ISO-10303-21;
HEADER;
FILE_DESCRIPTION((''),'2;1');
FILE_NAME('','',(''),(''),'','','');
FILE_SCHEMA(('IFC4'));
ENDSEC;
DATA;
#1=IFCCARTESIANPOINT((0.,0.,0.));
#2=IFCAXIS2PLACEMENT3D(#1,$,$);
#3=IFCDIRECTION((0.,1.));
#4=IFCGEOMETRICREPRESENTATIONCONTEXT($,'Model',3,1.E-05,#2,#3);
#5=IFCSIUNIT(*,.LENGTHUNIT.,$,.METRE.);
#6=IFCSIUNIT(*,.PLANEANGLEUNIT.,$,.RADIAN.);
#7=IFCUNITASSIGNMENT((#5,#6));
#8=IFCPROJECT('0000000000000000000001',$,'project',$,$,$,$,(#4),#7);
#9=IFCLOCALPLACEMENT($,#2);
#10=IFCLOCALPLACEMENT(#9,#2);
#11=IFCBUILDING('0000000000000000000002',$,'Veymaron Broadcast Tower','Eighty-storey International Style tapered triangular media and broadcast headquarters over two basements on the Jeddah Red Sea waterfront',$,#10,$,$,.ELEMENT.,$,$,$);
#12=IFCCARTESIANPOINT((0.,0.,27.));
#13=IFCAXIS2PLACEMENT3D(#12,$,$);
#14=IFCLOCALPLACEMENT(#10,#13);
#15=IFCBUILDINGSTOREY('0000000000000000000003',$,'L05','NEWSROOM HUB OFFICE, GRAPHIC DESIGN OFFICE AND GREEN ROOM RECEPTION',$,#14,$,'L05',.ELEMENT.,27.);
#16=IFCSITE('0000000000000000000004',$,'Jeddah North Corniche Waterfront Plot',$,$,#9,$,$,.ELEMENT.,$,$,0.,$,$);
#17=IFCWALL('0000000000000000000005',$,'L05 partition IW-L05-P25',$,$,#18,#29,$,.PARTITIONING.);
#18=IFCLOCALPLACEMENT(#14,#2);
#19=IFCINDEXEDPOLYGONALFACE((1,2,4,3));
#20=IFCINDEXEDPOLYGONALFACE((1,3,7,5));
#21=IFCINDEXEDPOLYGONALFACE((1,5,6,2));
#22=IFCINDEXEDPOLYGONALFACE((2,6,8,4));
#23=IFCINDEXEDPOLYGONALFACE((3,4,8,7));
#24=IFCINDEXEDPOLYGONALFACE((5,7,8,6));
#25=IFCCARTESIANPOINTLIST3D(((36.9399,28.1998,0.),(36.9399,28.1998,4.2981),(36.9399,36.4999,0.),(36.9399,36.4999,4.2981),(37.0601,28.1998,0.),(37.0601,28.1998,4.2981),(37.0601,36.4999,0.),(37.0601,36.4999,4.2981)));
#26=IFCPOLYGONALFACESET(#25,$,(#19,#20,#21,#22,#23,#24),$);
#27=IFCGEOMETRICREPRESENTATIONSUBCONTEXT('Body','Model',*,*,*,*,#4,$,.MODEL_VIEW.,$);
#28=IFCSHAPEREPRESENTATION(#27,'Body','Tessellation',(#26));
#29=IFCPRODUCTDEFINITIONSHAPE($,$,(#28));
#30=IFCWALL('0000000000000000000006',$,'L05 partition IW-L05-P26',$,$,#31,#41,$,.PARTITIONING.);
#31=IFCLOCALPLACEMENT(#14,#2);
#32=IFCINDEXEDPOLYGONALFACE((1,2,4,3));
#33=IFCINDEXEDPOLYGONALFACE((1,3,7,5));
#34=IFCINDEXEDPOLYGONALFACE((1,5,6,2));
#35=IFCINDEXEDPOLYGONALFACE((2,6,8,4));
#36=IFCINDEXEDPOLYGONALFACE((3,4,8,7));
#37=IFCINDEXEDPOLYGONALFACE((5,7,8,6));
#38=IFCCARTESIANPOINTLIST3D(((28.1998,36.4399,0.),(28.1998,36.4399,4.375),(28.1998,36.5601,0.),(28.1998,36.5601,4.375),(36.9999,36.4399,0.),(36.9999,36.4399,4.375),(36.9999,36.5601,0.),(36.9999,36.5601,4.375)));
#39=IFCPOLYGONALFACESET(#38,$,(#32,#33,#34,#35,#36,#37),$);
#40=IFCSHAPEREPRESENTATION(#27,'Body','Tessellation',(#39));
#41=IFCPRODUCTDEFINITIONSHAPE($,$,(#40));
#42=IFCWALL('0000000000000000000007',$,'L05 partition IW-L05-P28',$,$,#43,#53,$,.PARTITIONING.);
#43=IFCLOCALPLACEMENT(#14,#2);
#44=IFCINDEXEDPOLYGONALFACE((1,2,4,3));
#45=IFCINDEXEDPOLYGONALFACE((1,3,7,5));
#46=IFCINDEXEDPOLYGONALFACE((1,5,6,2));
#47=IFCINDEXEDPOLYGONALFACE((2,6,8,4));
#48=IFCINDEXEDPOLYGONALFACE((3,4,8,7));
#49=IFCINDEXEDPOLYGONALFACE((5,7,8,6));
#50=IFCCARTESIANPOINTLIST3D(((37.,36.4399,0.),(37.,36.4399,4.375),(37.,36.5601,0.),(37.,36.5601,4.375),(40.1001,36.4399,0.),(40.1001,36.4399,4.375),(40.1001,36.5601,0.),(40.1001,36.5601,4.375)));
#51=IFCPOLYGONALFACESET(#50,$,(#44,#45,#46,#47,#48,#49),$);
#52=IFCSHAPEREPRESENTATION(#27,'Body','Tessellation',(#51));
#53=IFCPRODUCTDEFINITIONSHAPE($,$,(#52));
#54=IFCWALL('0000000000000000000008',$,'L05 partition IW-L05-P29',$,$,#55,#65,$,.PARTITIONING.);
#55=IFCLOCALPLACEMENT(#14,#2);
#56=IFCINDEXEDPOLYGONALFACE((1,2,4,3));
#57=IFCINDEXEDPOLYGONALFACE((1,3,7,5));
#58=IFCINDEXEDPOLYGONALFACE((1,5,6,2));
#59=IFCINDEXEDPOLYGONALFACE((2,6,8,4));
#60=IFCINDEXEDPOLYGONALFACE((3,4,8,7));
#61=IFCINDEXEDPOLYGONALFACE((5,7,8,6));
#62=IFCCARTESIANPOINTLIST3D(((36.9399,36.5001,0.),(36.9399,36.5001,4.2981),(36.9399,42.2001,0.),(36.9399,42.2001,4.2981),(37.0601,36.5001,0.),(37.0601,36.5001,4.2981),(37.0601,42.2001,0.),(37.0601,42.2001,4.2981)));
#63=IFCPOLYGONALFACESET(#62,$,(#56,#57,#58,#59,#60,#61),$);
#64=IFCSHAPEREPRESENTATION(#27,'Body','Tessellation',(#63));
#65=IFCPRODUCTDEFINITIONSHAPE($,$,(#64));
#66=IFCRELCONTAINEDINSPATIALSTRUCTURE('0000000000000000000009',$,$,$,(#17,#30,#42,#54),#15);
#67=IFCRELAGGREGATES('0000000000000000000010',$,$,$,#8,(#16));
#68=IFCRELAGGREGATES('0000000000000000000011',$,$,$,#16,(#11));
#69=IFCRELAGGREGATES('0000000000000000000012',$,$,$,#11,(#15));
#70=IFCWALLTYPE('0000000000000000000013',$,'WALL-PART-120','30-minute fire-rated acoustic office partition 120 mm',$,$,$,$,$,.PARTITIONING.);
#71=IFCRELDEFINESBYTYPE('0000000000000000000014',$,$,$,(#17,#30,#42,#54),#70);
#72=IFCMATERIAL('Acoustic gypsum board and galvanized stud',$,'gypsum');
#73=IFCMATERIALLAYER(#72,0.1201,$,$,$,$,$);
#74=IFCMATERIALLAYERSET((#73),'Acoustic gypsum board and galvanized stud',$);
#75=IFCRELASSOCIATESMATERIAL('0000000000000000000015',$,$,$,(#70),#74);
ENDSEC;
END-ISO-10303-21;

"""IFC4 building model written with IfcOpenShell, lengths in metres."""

from ifc_helpers import new_model, si_unit, direction, frame, frame_2d, origin, place, context, subcontext, project, spatial, rectangle, extrude, material, layer, layer_set, type_object, element, save


model = new_model("IFC4")

# Units and contexts
model_context = context("Model", 3, precision=1e-05, world=origin(), true_north=direction((0.0, 1.0)))
body_context = subcontext(model_context, "Body", "Model", "MODEL_VIEW")
ifc_project = project(units=[si_unit("LENGTHUNIT", "METRE"), si_unit("PLANEANGLEUNIT", "RADIAN")], contexts=[model_context])

# Site, building, storey
site_placement = place(None, origin())
site = spatial("IfcSite", under=ifc_project, at=site_placement, Name="Jeddah North Corniche Waterfront Plot", CompositionType="ELEMENT", RefElevation=0.0)
building_placement = place(site_placement, origin())
building = spatial("IfcBuilding", under=site, at=building_placement, Name="Veymaron Broadcast Tower", Description="Eighty-storey International Style tapered triangular media and broadcast headquarters over two basements on the Jeddah Red Sea waterfront", CompositionType="ELEMENT")
storey_placement = place(building_placement, frame((0.0, 0.0, 27.0)))
storey = spatial("IfcBuildingStorey", under=building, at=storey_placement, Name="L05", Description="NEWSROOM HUB OFFICE, GRAPHIC DESIGN OFFICE AND GREEN ROOM RECEPTION", LongName="L05", CompositionType="ELEMENT", Elevation=27.0)

# Walls
ifc_material_1 = material(Name="Acoustic gypsum board and galvanized stud", Category="gypsum")
ifc_layer_1 = layer(ifc_material_1, 0.1201)
ifc_layer_set_1 = layer_set([ifc_layer_1], Name="Acoustic gypsum board and galvanized stud")
wall_type_1 = type_object("IfcWallType", Name="WALL-PART-120", Description="30-minute fire-rated acoustic office partition 120 mm", PredefinedType="PARTITIONING", material=ifc_layer_set_1)
wall_1_placement = place(storey_placement, frame((37.0, 28.2, 0.0), z_axis=(0.0, 0.0, 1.0), x_axis=(0.0, 1.0, 0.0)))
element("IfcWall", 1, at=wall_1_placement, inside=storey, type_object=wall_type_1, Name="L05 partition IW-L05-P25", PredefinedType="PARTITIONING", context=body_context, shape_type="SweptSolid", body=[
    extrude(rectangle(XDim=8.3, YDim=0.1201, at=frame_2d((4.1499, 0.0))), origin(), (0.0, 0.0, 1.0), 4.2981),
])
wall_2_placement = place(storey_placement, frame((28.2, 36.5, 0.0), z_axis=(0.0, 0.0, 1.0), x_axis=(1.0, 0.0, 0.0)))
element("IfcWall", 2, at=wall_2_placement, inside=storey, type_object=wall_type_1, Name="L05 partition IW-L05-P26", PredefinedType="PARTITIONING", context=body_context, shape_type="SweptSolid", body=[
    extrude(rectangle(XDim=8.8, YDim=0.1201, at=frame_2d((4.3999, 0.0))), origin(), (0.0, 0.0, 1.0), 4.375),
])
wall_3_placement = place(storey_placement, frame((37.0, 36.5, 0.0), z_axis=(0.0, 0.0, 1.0), x_axis=(1.0, 0.0, 0.0)))
element("IfcWall", 3, at=wall_3_placement, inside=storey, type_object=wall_type_1, Name="L05 partition IW-L05-P28", PredefinedType="PARTITIONING", context=body_context, shape_type="SweptSolid", body=[
    extrude(rectangle(XDim=3.1001, YDim=0.1201, at=frame_2d((1.55, 0.0))), origin(), (0.0, 0.0, 1.0), 4.375),
])
wall_4_placement = place(storey_placement, frame((37.0, 36.5, 0.0), z_axis=(0.0, 0.0, 1.0), x_axis=(0.0, 1.0, 0.0)))
element("IfcWall", 4, at=wall_4_placement, inside=storey, type_object=wall_type_1, Name="L05 partition IW-L05-P29", PredefinedType="PARTITIONING", context=body_context, shape_type="SweptSolid", body=[
    extrude(rectangle(XDim=5.7, YDim=0.1201, at=frame_2d((2.8501, 0.0))), origin(), (0.0, 0.0, 1.0), 4.2981),
])

save(model, "model.ifc")
